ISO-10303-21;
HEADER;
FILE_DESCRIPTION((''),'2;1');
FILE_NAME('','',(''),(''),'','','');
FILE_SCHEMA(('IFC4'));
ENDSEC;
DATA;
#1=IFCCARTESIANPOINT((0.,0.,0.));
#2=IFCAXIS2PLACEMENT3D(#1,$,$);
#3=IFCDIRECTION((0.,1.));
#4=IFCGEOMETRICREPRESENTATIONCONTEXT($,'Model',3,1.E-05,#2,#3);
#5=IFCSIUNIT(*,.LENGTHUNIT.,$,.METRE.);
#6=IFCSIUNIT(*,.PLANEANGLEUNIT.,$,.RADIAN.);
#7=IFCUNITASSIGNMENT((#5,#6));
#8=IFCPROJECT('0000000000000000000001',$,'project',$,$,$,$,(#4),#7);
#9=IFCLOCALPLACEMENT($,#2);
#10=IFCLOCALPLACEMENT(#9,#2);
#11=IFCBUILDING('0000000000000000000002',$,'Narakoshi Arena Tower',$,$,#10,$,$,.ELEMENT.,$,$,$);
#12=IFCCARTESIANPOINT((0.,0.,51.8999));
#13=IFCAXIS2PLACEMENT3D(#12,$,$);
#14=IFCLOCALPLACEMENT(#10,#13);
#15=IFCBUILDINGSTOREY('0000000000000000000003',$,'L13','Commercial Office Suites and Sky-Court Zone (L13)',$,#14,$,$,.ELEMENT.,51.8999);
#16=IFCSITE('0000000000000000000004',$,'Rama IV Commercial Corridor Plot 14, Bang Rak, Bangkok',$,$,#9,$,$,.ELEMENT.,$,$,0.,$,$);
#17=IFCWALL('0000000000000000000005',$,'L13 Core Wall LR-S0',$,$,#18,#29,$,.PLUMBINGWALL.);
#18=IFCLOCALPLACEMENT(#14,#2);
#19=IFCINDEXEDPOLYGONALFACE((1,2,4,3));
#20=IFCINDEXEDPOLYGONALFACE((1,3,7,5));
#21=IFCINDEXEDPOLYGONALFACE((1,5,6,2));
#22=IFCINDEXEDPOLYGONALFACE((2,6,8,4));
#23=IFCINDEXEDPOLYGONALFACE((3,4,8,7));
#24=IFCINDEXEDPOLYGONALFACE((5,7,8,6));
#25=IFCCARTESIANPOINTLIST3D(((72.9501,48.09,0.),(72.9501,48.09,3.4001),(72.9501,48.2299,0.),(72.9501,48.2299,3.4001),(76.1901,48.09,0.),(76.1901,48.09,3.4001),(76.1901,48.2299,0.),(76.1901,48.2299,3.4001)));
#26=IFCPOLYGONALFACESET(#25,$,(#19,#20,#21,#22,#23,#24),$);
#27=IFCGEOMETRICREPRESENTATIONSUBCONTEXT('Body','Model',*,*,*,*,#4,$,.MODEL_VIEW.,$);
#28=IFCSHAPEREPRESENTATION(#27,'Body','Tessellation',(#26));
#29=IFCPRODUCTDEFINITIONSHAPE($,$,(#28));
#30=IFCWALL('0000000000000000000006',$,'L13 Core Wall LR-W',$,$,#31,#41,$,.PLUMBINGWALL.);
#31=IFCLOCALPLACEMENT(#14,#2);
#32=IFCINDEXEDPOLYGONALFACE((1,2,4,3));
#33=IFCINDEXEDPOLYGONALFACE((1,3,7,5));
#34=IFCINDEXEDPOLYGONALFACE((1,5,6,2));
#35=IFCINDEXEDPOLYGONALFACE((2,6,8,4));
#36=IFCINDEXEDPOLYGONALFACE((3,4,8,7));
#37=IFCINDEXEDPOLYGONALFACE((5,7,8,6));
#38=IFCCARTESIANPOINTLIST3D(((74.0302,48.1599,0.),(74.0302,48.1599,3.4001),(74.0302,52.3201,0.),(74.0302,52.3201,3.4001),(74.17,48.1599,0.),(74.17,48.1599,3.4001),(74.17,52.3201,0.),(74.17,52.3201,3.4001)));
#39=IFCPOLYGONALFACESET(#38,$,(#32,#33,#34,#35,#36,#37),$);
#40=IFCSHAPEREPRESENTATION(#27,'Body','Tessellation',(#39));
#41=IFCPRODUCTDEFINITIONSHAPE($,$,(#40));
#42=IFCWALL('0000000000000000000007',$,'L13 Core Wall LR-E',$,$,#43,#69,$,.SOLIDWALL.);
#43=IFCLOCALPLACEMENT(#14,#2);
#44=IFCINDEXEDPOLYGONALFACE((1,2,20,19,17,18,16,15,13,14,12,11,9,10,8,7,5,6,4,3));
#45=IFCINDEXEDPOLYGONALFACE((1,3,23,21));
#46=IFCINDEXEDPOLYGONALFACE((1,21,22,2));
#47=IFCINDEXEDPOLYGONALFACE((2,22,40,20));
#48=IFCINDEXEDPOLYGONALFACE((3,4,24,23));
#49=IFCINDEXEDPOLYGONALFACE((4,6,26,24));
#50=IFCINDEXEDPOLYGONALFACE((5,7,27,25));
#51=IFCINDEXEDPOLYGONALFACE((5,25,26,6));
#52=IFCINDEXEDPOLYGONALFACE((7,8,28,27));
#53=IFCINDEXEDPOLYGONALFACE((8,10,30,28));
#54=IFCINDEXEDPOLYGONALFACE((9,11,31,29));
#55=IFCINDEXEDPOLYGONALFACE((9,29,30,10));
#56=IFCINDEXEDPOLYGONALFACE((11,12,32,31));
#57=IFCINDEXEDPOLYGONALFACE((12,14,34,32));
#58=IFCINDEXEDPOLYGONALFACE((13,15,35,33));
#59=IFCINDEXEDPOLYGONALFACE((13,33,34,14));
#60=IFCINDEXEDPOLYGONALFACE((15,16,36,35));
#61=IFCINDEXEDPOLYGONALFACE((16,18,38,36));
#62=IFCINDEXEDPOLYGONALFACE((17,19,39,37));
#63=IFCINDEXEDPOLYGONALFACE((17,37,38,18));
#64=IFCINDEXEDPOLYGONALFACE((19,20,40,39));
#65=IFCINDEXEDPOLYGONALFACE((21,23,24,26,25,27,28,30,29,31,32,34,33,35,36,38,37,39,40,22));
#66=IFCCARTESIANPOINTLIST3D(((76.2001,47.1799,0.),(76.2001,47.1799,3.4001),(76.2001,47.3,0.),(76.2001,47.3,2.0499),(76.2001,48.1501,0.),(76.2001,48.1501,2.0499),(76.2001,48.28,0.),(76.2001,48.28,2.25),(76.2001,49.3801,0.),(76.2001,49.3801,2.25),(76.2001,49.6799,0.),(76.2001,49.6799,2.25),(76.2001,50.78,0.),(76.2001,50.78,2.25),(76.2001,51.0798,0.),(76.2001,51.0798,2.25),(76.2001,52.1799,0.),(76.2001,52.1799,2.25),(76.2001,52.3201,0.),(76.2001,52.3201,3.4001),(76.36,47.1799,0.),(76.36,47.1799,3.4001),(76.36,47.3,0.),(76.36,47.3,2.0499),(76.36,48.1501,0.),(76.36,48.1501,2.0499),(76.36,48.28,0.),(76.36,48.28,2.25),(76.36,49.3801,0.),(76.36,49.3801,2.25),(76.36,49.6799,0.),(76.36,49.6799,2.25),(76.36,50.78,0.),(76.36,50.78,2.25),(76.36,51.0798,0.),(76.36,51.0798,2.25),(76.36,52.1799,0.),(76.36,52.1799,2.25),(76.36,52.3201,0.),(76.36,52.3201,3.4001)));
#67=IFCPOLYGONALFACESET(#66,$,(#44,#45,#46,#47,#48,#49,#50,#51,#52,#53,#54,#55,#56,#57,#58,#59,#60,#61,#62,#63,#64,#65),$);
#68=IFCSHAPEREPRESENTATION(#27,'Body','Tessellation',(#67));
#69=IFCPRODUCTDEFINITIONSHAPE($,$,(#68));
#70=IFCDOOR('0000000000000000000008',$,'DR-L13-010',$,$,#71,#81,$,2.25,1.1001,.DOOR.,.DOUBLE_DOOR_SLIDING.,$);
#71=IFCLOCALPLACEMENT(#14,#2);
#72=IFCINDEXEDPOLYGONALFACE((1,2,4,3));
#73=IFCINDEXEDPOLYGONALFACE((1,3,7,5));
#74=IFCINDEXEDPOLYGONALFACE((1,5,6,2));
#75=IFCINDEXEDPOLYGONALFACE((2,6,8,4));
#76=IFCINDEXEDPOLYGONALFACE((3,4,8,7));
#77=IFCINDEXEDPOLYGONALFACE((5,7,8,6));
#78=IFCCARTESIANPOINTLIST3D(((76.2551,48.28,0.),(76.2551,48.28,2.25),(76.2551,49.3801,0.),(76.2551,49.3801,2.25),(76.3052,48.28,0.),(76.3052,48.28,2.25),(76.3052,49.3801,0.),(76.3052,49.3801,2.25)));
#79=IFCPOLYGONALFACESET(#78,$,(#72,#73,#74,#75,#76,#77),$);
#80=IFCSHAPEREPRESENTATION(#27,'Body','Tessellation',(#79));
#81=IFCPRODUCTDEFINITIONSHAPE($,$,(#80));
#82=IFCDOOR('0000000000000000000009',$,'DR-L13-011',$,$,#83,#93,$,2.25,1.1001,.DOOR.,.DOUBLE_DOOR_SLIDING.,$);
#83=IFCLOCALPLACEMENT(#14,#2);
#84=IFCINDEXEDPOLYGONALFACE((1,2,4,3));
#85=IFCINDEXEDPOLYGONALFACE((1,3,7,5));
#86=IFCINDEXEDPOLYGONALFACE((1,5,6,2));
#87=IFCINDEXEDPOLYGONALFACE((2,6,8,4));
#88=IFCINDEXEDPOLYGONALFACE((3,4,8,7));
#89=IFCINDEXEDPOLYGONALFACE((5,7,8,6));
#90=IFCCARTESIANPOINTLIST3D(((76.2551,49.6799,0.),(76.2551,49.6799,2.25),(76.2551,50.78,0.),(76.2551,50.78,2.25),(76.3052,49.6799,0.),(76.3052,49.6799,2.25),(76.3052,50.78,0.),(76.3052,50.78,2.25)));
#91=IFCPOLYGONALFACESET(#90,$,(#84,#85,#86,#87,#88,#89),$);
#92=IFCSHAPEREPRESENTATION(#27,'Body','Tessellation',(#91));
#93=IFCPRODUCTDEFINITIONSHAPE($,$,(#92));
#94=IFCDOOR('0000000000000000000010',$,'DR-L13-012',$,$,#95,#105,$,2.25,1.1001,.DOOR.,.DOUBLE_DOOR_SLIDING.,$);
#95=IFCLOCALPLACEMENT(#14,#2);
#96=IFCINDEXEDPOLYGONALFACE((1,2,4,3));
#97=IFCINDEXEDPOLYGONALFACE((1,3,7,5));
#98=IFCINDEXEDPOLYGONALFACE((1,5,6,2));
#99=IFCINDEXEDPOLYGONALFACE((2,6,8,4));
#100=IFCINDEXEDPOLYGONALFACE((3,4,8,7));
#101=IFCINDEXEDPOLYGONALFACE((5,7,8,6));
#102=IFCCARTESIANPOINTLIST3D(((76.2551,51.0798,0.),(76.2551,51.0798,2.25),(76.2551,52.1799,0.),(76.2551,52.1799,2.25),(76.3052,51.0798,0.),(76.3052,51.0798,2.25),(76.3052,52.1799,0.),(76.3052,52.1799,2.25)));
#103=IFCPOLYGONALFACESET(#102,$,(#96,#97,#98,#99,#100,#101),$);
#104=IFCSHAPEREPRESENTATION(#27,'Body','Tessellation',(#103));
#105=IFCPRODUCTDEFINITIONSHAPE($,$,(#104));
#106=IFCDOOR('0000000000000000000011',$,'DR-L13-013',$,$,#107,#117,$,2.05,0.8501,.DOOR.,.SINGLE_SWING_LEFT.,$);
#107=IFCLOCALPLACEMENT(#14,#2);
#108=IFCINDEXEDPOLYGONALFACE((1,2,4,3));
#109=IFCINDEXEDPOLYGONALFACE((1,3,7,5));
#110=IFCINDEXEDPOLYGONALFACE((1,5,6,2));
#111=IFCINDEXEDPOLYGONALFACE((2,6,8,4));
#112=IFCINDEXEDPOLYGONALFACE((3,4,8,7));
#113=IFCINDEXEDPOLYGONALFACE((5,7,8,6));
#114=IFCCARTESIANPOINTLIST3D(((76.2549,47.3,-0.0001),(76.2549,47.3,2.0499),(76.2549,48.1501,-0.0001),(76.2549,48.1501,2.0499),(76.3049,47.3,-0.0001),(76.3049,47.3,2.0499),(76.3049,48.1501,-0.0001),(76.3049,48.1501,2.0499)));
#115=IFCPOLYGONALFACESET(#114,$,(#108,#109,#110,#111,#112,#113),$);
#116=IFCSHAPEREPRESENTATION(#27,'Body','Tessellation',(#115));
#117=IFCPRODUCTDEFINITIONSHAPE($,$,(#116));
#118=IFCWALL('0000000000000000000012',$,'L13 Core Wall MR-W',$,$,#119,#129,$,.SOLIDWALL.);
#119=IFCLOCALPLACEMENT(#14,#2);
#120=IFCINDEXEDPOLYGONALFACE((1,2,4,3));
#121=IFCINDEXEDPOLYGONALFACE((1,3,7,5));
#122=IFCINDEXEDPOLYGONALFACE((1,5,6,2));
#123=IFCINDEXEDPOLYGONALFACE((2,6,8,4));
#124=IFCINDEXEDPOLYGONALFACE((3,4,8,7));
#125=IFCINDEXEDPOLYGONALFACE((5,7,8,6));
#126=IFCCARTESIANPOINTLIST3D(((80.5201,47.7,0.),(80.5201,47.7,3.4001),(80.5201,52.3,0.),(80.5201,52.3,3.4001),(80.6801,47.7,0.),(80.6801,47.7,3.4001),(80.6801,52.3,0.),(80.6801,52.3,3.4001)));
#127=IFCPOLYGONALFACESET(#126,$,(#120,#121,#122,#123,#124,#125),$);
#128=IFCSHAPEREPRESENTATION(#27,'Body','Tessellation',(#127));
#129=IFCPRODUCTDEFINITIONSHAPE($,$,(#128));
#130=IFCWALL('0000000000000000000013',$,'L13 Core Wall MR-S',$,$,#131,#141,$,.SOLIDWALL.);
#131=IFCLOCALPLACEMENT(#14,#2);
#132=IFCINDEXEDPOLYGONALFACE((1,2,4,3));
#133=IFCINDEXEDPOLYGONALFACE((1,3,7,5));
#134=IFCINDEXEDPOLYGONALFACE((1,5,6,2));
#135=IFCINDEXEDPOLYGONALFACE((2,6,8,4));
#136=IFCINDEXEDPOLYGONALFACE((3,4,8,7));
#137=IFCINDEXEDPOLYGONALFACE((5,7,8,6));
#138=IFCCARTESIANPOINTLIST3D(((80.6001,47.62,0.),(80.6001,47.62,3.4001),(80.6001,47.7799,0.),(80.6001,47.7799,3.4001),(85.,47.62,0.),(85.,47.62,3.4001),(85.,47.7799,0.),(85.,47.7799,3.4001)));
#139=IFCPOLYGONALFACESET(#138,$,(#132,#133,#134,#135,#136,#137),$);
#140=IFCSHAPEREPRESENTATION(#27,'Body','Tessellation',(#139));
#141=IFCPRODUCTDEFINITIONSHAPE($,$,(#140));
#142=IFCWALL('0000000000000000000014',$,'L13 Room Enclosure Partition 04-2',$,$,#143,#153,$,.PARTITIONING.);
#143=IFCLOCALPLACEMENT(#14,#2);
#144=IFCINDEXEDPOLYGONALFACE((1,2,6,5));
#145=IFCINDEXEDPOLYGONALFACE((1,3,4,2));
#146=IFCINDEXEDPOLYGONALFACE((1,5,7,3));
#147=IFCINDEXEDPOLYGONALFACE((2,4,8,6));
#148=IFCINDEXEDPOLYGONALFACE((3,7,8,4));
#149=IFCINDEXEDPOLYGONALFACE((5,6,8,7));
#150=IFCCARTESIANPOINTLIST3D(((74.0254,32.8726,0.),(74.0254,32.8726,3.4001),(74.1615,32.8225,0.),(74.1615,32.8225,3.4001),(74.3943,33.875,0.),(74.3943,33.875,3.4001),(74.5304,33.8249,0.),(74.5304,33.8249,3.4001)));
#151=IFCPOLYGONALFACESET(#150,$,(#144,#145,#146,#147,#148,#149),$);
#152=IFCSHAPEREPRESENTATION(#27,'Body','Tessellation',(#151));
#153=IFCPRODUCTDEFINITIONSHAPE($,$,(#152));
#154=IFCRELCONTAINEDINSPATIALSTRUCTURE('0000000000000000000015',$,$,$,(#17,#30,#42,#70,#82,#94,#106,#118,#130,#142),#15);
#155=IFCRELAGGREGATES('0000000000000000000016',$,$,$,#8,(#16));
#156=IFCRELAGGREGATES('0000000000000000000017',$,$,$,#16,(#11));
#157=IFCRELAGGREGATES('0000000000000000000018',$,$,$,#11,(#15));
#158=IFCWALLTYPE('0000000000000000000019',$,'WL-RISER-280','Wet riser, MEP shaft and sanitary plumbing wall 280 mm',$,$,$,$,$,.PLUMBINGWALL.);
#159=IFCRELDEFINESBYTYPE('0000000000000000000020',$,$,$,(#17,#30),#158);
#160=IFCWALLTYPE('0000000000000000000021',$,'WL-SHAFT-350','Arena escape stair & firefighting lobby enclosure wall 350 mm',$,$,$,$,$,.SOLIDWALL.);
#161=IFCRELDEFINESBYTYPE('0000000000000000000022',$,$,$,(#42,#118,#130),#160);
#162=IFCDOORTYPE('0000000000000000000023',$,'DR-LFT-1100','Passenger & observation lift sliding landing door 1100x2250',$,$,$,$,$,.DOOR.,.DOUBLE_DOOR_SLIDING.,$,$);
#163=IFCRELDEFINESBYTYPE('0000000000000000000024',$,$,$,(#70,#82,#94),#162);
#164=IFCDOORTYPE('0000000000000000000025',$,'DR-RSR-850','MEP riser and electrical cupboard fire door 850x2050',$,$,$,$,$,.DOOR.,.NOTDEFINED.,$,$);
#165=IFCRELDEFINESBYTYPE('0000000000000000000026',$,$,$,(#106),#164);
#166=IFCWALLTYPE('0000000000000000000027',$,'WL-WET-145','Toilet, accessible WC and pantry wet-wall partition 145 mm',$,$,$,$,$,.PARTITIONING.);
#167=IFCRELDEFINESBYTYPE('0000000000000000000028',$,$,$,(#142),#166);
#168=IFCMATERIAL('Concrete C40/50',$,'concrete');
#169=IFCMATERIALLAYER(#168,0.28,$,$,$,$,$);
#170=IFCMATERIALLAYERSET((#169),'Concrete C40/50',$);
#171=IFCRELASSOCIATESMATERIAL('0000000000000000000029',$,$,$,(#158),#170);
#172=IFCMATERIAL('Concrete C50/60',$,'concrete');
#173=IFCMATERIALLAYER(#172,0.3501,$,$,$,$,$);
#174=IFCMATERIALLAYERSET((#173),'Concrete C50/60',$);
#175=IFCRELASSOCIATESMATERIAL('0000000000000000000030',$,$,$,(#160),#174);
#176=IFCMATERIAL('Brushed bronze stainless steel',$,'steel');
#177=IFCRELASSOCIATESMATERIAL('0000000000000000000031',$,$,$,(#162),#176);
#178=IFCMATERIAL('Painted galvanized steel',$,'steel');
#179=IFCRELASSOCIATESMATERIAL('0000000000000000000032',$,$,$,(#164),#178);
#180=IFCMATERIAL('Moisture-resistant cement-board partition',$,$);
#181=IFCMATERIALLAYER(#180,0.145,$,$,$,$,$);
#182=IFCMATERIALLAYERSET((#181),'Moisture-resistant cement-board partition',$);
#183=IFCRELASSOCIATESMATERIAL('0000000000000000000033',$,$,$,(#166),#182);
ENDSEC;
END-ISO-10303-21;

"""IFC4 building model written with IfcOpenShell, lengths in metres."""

from ifc_helpers import new_model, si_unit, direction, frame, frame_2d, origin, place, context, subcontext, project, spatial, rectangle, extrude, material, layer, layer_set, type_object, element, fill, save


model = new_model("IFC4")

# Units and contexts
model_context = context("Model", 3, precision=1e-05, world=origin(), true_north=direction((0.0, 1.0)))
body_context = subcontext(model_context, "Body", "Model", "MODEL_VIEW")
ifc_project = project(units=[si_unit("LENGTHUNIT", "METRE"), si_unit("PLANEANGLEUNIT", "RADIAN")], contexts=[model_context])

# Site, building, storey
site_placement = place(None, origin())
site = spatial("IfcSite", under=ifc_project, at=site_placement, Name="Rama IV Commercial Corridor Plot 14, Bang Rak, Bangkok", CompositionType="ELEMENT", RefElevation=0.0)
building_placement = place(site_placement, origin())
building = spatial("IfcBuilding", under=site, at=building_placement, Name="Narakoshi Arena Tower", CompositionType="ELEMENT")
storey_placement = place(building_placement, frame((0.0, 0.0, 51.8999)))
storey = spatial("IfcBuildingStorey", under=building, at=storey_placement, Name="L13", Description="Commercial Office Suites and Sky-Court Zone (L13)", CompositionType="ELEMENT", Elevation=51.8999)

# Walls
ifc_material_1 = material(Name="Concrete C40/50", Category="concrete")
ifc_layer_1 = layer(ifc_material_1, 0.28)
ifc_layer_set_1 = layer_set([ifc_layer_1], Name="Concrete C40/50")
wall_type_1 = type_object("IfcWallType", Name="WL-RISER-280", Description="Wet riser, MEP shaft and sanitary plumbing wall 280 mm", PredefinedType="PLUMBINGWALL", material=ifc_layer_set_1)
wall_1_placement = place(storey_placement, frame((72.95, 48.1599, 0.0), z_axis=(0.0, 0.0, 1.0), x_axis=(1.0, 0.0, 0.0)))
element("IfcWall", 1, at=wall_1_placement, inside=storey, type_object=wall_type_1, Name="L13 Core Wall LR-S0", PredefinedType="PLUMBINGWALL", context=body_context, shape_type="SweptSolid", body=[
    extrude(rectangle(XDim=3.24, YDim=0.1399, at=frame_2d((1.6201, 0.0))), origin(), (0.0, 0.0, 1.0), 3.4001),
])
wall_2_placement = place(storey_placement, frame((74.1001, 48.1599, 0.0), z_axis=(0.0, 0.0, 1.0), x_axis=(0.0, 1.0, 0.0)))
element("IfcWall", 2, at=wall_2_placement, inside=storey, type_object=wall_type_1, Name="L13 Core Wall LR-W", PredefinedType="PLUMBINGWALL", context=body_context, shape_type="SweptSolid", body=[
    extrude(rectangle(XDim=4.1602, YDim=0.1399, at=frame_2d((2.0801, 0.0))), origin(), (0.0, 0.0, 1.0), 3.4001),
])

# Wall, openings, doors
ifc_material_2 = material(Name="Concrete C50/60", Category="concrete")
ifc_layer_2 = layer(ifc_material_2, 0.3501)
ifc_layer_set_2 = layer_set([ifc_layer_2], Name="Concrete C50/60")
wall_type_2 = type_object("IfcWallType", Name="WL-SHAFT-350", Description="Arena escape stair & firefighting lobby enclosure wall 350 mm", PredefinedType="SOLIDWALL", material=ifc_layer_set_2)
wall_3_placement = place(storey_placement, frame((76.28, 47.1799, 0.0), z_axis=(0.0, 0.0, 1.0), x_axis=(0.0, 1.0, 0.0)))
wall_3 = element("IfcWall", 3, at=wall_3_placement, inside=storey, type_object=wall_type_2, Name="L13 Core Wall LR-E", PredefinedType="SOLIDWALL", context=body_context, shape_type="SweptSolid", body=[
    extrude(rectangle(XDim=5.1401, YDim=0.1599, at=frame_2d((2.5701, 0.0))), origin(), (0.0, 0.0, 1.0), 3.4001),
])
opening_1_placement = place(wall_3_placement, frame((1.1001, 0.0, 0.0)))
opening_1 = element("IfcOpeningElement", 4, at=opening_1_placement, cuts=wall_3, PredefinedType="OPENING", context=body_context, shape_type="SweptSolid", body=[
    extrude(rectangle(XDim=1.1001, YDim=2.25, at=frame_2d((0.55, 1.125))), frame((0.0, 0.0898, 0.0), z_axis=(0.0, -1.0, 0.0), x_axis=(1.0, 0.0, 0.0)), (0.0, 0.0, 1.0), 0.1799),
])
opening_2_placement = place(wall_3_placement, frame((2.5, 0.0, 0.0)))
opening_2 = element("IfcOpeningElement", 5, at=opening_2_placement, cuts=wall_3, PredefinedType="OPENING", context=body_context, shape_type="SweptSolid", body=[
    extrude(rectangle(XDim=1.1001, YDim=2.25, at=frame_2d((0.55, 1.125))), frame((0.0, 0.0898, 0.0), z_axis=(0.0, -1.0, 0.0), x_axis=(1.0, 0.0, 0.0)), (0.0, 0.0, 1.0), 0.1799),
])
opening_3_placement = place(wall_3_placement, frame((3.8999, 0.0, 0.0)))
opening_3 = element("IfcOpeningElement", 6, at=opening_3_placement, cuts=wall_3, PredefinedType="OPENING", context=body_context, shape_type="SweptSolid", body=[
    extrude(rectangle(XDim=1.1001, YDim=2.25, at=frame_2d((0.55, 1.125))), frame((0.0, 0.0898, 0.0), z_axis=(0.0, -1.0, 0.0), x_axis=(1.0, 0.0, 0.0)), (0.0, 0.0, 1.0), 0.1799),
])
opening_4_placement = place(wall_3_placement, frame((0.1201, 0.0, 0.0)))
opening_4 = element("IfcOpeningElement", 7, at=opening_4_placement, cuts=wall_3, PredefinedType="OPENING", context=body_context, shape_type="SweptSolid", body=[
    extrude(rectangle(XDim=0.8501, YDim=2.05, at=frame_2d((0.425, 1.0249))), frame((0.0, 0.0898, 0.0), z_axis=(0.0, -1.0, 0.0), x_axis=(1.0, 0.0, 0.0)), (0.0, 0.0, 1.0), 0.1799),
])
ifc_material_3 = material(Name="Brushed bronze stainless steel", Category="steel")
door_type_1 = type_object("IfcDoorType", Name="DR-LFT-1100", Description="Passenger & observation lift sliding landing door 1100x2250", OperationType="DOUBLE_DOOR_SLIDING", PredefinedType="DOOR", material=ifc_material_3)
door_1_placement = place(opening_1_placement, origin())
door_1 = element("IfcDoor", 8, at=door_1_placement, inside=storey, type_object=door_type_1, Name="DR-L13-010", OperationType="DOUBLE_DOOR_SLIDING", OverallHeight=2.25, OverallWidth=1.1001, PredefinedType="DOOR", context=body_context, shape_type="SweptSolid", body=[
    extrude(rectangle(XDim=1.1001, YDim=2.25, at=frame_2d((0.55, 1.125))), frame((0.0, 0.0249, 0.0), z_axis=(0.0, -1.0, 0.0), x_axis=(1.0, 0.0, 0.0)), (0.0, 0.0, 1.0), 0.05),
])
fill(opening_1, door_1)
door_2_placement = place(opening_2_placement, origin())
door_2 = element("IfcDoor", 9, at=door_2_placement, inside=storey, type_object=door_type_1, Name="DR-L13-011", OperationType="DOUBLE_DOOR_SLIDING", OverallHeight=2.25, OverallWidth=1.1001, PredefinedType="DOOR", context=body_context, shape_type="SweptSolid", body=[
    extrude(rectangle(XDim=1.1001, YDim=2.25, at=frame_2d((0.55, 1.125))), frame((0.0, 0.0249, 0.0), z_axis=(0.0, -1.0, 0.0), x_axis=(1.0, 0.0, 0.0)), (0.0, 0.0, 1.0), 0.05),
])
fill(opening_2, door_2)
door_3_placement = place(opening_3_placement, origin())
door_3 = element("IfcDoor", 10, at=door_3_placement, inside=storey, type_object=door_type_1, Name="DR-L13-012", OperationType="DOUBLE_DOOR_SLIDING", OverallHeight=2.25, OverallWidth=1.1001, PredefinedType="DOOR", context=body_context, shape_type="SweptSolid", body=[
    extrude(rectangle(XDim=1.1001, YDim=2.25, at=frame_2d((0.55, 1.125))), frame((0.0, 0.0249, 0.0), z_axis=(0.0, -1.0, 0.0), x_axis=(1.0, 0.0, 0.0)), (0.0, 0.0, 1.0), 0.05),
])
fill(opening_3, door_3)
ifc_material_4 = material(Name="Painted galvanized steel", Category="steel")
door_type_2 = type_object("IfcDoorType", Name="DR-RSR-850", Description="MEP riser and electrical cupboard fire door 850x2050", OperationType="NOTDEFINED", PredefinedType="DOOR", material=ifc_material_4)
door_4_placement = place(opening_4_placement, frame((0.8501, 0.0, 0.0), z_axis=(0.0, 0.0, 1.0), x_axis=(-1.0, 0.0, 0.0)))
door_4 = element("IfcDoor", 11, at=door_4_placement, inside=storey, type_object=door_type_2, Name="DR-L13-013", OperationType="SINGLE_SWING_LEFT", OverallHeight=2.05, OverallWidth=0.8501, PredefinedType="DOOR", context=body_context, shape_type="SweptSolid", body=[
    extrude(rectangle(XDim=0.8501, YDim=2.05, at=frame_2d((0.425, 1.0249))), frame((0.0, 0.0249, 0.0), z_axis=(0.0, -1.0, 0.0), x_axis=(1.0, 0.0, 0.0)), (0.0, 0.0, 1.0), 0.05),
])
fill(opening_4, door_4)

# Walls
wall_4_placement = place(storey_placement, frame((80.6001, 47.7, 0.0), z_axis=(0.0, 0.0, 1.0), x_axis=(0.0, 1.0, 0.0)))
element("IfcWall", 12, at=wall_4_placement, inside=storey, type_object=wall_type_2, Name="L13 Core Wall MR-W", PredefinedType="SOLIDWALL", context=body_context, shape_type="SweptSolid", body=[
    extrude(rectangle(XDim=4.6001, YDim=0.1599, at=frame_2d((2.3, 0.0))), origin(), (0.0, 0.0, 1.0), 3.4001),
])
wall_5_placement = place(storey_placement, frame((80.6001, 47.7, 0.0), z_axis=(0.0, 0.0, 1.0), x_axis=(1.0, 0.0, 0.0)))
element("IfcWall", 13, at=wall_5_placement, inside=storey, type_object=wall_type_2, Name="L13 Core Wall MR-S", PredefinedType="SOLIDWALL", context=body_context, shape_type="SweptSolid", body=[
    extrude(rectangle(XDim=4.3999, YDim=0.1599, at=frame_2d((2.2, 0.0))), origin(), (0.0, 0.0, 1.0), 3.4001),
])
ifc_material_5 = material(Name="Moisture-resistant cement-board partition")
ifc_layer_3 = layer(ifc_material_5, 0.145)
ifc_layer_set_3 = layer_set([ifc_layer_3], Name="Moisture-resistant cement-board partition")
wall_type_3 = type_object("IfcWallType", Name="WL-WET-145", Description="Toilet, accessible WC and pantry wet-wall partition 145 mm", PredefinedType="PARTITIONING", material=ifc_layer_set_3)
wall_6_placement = place(storey_placement, frame((74.4624, 33.8501, 0.0), z_axis=(0.0, 0.0, 1.0), x_axis=(-0.345356, -0.938472, 0.0)))
element("IfcWall", 14, at=wall_6_placement, inside=storey, type_object=wall_type_3, Name="L13 Room Enclosure Partition 04-2", PredefinedType="PARTITIONING", context=body_context, shape_type="SweptSolid", body=[
    extrude(rectangle(XDim=1.0681, YDim=0.145, at=frame_2d((0.5342, 0.0))), origin(), (0.0, 0.0, 1.0), 3.4001),
])

save(model, "model.ifc")
